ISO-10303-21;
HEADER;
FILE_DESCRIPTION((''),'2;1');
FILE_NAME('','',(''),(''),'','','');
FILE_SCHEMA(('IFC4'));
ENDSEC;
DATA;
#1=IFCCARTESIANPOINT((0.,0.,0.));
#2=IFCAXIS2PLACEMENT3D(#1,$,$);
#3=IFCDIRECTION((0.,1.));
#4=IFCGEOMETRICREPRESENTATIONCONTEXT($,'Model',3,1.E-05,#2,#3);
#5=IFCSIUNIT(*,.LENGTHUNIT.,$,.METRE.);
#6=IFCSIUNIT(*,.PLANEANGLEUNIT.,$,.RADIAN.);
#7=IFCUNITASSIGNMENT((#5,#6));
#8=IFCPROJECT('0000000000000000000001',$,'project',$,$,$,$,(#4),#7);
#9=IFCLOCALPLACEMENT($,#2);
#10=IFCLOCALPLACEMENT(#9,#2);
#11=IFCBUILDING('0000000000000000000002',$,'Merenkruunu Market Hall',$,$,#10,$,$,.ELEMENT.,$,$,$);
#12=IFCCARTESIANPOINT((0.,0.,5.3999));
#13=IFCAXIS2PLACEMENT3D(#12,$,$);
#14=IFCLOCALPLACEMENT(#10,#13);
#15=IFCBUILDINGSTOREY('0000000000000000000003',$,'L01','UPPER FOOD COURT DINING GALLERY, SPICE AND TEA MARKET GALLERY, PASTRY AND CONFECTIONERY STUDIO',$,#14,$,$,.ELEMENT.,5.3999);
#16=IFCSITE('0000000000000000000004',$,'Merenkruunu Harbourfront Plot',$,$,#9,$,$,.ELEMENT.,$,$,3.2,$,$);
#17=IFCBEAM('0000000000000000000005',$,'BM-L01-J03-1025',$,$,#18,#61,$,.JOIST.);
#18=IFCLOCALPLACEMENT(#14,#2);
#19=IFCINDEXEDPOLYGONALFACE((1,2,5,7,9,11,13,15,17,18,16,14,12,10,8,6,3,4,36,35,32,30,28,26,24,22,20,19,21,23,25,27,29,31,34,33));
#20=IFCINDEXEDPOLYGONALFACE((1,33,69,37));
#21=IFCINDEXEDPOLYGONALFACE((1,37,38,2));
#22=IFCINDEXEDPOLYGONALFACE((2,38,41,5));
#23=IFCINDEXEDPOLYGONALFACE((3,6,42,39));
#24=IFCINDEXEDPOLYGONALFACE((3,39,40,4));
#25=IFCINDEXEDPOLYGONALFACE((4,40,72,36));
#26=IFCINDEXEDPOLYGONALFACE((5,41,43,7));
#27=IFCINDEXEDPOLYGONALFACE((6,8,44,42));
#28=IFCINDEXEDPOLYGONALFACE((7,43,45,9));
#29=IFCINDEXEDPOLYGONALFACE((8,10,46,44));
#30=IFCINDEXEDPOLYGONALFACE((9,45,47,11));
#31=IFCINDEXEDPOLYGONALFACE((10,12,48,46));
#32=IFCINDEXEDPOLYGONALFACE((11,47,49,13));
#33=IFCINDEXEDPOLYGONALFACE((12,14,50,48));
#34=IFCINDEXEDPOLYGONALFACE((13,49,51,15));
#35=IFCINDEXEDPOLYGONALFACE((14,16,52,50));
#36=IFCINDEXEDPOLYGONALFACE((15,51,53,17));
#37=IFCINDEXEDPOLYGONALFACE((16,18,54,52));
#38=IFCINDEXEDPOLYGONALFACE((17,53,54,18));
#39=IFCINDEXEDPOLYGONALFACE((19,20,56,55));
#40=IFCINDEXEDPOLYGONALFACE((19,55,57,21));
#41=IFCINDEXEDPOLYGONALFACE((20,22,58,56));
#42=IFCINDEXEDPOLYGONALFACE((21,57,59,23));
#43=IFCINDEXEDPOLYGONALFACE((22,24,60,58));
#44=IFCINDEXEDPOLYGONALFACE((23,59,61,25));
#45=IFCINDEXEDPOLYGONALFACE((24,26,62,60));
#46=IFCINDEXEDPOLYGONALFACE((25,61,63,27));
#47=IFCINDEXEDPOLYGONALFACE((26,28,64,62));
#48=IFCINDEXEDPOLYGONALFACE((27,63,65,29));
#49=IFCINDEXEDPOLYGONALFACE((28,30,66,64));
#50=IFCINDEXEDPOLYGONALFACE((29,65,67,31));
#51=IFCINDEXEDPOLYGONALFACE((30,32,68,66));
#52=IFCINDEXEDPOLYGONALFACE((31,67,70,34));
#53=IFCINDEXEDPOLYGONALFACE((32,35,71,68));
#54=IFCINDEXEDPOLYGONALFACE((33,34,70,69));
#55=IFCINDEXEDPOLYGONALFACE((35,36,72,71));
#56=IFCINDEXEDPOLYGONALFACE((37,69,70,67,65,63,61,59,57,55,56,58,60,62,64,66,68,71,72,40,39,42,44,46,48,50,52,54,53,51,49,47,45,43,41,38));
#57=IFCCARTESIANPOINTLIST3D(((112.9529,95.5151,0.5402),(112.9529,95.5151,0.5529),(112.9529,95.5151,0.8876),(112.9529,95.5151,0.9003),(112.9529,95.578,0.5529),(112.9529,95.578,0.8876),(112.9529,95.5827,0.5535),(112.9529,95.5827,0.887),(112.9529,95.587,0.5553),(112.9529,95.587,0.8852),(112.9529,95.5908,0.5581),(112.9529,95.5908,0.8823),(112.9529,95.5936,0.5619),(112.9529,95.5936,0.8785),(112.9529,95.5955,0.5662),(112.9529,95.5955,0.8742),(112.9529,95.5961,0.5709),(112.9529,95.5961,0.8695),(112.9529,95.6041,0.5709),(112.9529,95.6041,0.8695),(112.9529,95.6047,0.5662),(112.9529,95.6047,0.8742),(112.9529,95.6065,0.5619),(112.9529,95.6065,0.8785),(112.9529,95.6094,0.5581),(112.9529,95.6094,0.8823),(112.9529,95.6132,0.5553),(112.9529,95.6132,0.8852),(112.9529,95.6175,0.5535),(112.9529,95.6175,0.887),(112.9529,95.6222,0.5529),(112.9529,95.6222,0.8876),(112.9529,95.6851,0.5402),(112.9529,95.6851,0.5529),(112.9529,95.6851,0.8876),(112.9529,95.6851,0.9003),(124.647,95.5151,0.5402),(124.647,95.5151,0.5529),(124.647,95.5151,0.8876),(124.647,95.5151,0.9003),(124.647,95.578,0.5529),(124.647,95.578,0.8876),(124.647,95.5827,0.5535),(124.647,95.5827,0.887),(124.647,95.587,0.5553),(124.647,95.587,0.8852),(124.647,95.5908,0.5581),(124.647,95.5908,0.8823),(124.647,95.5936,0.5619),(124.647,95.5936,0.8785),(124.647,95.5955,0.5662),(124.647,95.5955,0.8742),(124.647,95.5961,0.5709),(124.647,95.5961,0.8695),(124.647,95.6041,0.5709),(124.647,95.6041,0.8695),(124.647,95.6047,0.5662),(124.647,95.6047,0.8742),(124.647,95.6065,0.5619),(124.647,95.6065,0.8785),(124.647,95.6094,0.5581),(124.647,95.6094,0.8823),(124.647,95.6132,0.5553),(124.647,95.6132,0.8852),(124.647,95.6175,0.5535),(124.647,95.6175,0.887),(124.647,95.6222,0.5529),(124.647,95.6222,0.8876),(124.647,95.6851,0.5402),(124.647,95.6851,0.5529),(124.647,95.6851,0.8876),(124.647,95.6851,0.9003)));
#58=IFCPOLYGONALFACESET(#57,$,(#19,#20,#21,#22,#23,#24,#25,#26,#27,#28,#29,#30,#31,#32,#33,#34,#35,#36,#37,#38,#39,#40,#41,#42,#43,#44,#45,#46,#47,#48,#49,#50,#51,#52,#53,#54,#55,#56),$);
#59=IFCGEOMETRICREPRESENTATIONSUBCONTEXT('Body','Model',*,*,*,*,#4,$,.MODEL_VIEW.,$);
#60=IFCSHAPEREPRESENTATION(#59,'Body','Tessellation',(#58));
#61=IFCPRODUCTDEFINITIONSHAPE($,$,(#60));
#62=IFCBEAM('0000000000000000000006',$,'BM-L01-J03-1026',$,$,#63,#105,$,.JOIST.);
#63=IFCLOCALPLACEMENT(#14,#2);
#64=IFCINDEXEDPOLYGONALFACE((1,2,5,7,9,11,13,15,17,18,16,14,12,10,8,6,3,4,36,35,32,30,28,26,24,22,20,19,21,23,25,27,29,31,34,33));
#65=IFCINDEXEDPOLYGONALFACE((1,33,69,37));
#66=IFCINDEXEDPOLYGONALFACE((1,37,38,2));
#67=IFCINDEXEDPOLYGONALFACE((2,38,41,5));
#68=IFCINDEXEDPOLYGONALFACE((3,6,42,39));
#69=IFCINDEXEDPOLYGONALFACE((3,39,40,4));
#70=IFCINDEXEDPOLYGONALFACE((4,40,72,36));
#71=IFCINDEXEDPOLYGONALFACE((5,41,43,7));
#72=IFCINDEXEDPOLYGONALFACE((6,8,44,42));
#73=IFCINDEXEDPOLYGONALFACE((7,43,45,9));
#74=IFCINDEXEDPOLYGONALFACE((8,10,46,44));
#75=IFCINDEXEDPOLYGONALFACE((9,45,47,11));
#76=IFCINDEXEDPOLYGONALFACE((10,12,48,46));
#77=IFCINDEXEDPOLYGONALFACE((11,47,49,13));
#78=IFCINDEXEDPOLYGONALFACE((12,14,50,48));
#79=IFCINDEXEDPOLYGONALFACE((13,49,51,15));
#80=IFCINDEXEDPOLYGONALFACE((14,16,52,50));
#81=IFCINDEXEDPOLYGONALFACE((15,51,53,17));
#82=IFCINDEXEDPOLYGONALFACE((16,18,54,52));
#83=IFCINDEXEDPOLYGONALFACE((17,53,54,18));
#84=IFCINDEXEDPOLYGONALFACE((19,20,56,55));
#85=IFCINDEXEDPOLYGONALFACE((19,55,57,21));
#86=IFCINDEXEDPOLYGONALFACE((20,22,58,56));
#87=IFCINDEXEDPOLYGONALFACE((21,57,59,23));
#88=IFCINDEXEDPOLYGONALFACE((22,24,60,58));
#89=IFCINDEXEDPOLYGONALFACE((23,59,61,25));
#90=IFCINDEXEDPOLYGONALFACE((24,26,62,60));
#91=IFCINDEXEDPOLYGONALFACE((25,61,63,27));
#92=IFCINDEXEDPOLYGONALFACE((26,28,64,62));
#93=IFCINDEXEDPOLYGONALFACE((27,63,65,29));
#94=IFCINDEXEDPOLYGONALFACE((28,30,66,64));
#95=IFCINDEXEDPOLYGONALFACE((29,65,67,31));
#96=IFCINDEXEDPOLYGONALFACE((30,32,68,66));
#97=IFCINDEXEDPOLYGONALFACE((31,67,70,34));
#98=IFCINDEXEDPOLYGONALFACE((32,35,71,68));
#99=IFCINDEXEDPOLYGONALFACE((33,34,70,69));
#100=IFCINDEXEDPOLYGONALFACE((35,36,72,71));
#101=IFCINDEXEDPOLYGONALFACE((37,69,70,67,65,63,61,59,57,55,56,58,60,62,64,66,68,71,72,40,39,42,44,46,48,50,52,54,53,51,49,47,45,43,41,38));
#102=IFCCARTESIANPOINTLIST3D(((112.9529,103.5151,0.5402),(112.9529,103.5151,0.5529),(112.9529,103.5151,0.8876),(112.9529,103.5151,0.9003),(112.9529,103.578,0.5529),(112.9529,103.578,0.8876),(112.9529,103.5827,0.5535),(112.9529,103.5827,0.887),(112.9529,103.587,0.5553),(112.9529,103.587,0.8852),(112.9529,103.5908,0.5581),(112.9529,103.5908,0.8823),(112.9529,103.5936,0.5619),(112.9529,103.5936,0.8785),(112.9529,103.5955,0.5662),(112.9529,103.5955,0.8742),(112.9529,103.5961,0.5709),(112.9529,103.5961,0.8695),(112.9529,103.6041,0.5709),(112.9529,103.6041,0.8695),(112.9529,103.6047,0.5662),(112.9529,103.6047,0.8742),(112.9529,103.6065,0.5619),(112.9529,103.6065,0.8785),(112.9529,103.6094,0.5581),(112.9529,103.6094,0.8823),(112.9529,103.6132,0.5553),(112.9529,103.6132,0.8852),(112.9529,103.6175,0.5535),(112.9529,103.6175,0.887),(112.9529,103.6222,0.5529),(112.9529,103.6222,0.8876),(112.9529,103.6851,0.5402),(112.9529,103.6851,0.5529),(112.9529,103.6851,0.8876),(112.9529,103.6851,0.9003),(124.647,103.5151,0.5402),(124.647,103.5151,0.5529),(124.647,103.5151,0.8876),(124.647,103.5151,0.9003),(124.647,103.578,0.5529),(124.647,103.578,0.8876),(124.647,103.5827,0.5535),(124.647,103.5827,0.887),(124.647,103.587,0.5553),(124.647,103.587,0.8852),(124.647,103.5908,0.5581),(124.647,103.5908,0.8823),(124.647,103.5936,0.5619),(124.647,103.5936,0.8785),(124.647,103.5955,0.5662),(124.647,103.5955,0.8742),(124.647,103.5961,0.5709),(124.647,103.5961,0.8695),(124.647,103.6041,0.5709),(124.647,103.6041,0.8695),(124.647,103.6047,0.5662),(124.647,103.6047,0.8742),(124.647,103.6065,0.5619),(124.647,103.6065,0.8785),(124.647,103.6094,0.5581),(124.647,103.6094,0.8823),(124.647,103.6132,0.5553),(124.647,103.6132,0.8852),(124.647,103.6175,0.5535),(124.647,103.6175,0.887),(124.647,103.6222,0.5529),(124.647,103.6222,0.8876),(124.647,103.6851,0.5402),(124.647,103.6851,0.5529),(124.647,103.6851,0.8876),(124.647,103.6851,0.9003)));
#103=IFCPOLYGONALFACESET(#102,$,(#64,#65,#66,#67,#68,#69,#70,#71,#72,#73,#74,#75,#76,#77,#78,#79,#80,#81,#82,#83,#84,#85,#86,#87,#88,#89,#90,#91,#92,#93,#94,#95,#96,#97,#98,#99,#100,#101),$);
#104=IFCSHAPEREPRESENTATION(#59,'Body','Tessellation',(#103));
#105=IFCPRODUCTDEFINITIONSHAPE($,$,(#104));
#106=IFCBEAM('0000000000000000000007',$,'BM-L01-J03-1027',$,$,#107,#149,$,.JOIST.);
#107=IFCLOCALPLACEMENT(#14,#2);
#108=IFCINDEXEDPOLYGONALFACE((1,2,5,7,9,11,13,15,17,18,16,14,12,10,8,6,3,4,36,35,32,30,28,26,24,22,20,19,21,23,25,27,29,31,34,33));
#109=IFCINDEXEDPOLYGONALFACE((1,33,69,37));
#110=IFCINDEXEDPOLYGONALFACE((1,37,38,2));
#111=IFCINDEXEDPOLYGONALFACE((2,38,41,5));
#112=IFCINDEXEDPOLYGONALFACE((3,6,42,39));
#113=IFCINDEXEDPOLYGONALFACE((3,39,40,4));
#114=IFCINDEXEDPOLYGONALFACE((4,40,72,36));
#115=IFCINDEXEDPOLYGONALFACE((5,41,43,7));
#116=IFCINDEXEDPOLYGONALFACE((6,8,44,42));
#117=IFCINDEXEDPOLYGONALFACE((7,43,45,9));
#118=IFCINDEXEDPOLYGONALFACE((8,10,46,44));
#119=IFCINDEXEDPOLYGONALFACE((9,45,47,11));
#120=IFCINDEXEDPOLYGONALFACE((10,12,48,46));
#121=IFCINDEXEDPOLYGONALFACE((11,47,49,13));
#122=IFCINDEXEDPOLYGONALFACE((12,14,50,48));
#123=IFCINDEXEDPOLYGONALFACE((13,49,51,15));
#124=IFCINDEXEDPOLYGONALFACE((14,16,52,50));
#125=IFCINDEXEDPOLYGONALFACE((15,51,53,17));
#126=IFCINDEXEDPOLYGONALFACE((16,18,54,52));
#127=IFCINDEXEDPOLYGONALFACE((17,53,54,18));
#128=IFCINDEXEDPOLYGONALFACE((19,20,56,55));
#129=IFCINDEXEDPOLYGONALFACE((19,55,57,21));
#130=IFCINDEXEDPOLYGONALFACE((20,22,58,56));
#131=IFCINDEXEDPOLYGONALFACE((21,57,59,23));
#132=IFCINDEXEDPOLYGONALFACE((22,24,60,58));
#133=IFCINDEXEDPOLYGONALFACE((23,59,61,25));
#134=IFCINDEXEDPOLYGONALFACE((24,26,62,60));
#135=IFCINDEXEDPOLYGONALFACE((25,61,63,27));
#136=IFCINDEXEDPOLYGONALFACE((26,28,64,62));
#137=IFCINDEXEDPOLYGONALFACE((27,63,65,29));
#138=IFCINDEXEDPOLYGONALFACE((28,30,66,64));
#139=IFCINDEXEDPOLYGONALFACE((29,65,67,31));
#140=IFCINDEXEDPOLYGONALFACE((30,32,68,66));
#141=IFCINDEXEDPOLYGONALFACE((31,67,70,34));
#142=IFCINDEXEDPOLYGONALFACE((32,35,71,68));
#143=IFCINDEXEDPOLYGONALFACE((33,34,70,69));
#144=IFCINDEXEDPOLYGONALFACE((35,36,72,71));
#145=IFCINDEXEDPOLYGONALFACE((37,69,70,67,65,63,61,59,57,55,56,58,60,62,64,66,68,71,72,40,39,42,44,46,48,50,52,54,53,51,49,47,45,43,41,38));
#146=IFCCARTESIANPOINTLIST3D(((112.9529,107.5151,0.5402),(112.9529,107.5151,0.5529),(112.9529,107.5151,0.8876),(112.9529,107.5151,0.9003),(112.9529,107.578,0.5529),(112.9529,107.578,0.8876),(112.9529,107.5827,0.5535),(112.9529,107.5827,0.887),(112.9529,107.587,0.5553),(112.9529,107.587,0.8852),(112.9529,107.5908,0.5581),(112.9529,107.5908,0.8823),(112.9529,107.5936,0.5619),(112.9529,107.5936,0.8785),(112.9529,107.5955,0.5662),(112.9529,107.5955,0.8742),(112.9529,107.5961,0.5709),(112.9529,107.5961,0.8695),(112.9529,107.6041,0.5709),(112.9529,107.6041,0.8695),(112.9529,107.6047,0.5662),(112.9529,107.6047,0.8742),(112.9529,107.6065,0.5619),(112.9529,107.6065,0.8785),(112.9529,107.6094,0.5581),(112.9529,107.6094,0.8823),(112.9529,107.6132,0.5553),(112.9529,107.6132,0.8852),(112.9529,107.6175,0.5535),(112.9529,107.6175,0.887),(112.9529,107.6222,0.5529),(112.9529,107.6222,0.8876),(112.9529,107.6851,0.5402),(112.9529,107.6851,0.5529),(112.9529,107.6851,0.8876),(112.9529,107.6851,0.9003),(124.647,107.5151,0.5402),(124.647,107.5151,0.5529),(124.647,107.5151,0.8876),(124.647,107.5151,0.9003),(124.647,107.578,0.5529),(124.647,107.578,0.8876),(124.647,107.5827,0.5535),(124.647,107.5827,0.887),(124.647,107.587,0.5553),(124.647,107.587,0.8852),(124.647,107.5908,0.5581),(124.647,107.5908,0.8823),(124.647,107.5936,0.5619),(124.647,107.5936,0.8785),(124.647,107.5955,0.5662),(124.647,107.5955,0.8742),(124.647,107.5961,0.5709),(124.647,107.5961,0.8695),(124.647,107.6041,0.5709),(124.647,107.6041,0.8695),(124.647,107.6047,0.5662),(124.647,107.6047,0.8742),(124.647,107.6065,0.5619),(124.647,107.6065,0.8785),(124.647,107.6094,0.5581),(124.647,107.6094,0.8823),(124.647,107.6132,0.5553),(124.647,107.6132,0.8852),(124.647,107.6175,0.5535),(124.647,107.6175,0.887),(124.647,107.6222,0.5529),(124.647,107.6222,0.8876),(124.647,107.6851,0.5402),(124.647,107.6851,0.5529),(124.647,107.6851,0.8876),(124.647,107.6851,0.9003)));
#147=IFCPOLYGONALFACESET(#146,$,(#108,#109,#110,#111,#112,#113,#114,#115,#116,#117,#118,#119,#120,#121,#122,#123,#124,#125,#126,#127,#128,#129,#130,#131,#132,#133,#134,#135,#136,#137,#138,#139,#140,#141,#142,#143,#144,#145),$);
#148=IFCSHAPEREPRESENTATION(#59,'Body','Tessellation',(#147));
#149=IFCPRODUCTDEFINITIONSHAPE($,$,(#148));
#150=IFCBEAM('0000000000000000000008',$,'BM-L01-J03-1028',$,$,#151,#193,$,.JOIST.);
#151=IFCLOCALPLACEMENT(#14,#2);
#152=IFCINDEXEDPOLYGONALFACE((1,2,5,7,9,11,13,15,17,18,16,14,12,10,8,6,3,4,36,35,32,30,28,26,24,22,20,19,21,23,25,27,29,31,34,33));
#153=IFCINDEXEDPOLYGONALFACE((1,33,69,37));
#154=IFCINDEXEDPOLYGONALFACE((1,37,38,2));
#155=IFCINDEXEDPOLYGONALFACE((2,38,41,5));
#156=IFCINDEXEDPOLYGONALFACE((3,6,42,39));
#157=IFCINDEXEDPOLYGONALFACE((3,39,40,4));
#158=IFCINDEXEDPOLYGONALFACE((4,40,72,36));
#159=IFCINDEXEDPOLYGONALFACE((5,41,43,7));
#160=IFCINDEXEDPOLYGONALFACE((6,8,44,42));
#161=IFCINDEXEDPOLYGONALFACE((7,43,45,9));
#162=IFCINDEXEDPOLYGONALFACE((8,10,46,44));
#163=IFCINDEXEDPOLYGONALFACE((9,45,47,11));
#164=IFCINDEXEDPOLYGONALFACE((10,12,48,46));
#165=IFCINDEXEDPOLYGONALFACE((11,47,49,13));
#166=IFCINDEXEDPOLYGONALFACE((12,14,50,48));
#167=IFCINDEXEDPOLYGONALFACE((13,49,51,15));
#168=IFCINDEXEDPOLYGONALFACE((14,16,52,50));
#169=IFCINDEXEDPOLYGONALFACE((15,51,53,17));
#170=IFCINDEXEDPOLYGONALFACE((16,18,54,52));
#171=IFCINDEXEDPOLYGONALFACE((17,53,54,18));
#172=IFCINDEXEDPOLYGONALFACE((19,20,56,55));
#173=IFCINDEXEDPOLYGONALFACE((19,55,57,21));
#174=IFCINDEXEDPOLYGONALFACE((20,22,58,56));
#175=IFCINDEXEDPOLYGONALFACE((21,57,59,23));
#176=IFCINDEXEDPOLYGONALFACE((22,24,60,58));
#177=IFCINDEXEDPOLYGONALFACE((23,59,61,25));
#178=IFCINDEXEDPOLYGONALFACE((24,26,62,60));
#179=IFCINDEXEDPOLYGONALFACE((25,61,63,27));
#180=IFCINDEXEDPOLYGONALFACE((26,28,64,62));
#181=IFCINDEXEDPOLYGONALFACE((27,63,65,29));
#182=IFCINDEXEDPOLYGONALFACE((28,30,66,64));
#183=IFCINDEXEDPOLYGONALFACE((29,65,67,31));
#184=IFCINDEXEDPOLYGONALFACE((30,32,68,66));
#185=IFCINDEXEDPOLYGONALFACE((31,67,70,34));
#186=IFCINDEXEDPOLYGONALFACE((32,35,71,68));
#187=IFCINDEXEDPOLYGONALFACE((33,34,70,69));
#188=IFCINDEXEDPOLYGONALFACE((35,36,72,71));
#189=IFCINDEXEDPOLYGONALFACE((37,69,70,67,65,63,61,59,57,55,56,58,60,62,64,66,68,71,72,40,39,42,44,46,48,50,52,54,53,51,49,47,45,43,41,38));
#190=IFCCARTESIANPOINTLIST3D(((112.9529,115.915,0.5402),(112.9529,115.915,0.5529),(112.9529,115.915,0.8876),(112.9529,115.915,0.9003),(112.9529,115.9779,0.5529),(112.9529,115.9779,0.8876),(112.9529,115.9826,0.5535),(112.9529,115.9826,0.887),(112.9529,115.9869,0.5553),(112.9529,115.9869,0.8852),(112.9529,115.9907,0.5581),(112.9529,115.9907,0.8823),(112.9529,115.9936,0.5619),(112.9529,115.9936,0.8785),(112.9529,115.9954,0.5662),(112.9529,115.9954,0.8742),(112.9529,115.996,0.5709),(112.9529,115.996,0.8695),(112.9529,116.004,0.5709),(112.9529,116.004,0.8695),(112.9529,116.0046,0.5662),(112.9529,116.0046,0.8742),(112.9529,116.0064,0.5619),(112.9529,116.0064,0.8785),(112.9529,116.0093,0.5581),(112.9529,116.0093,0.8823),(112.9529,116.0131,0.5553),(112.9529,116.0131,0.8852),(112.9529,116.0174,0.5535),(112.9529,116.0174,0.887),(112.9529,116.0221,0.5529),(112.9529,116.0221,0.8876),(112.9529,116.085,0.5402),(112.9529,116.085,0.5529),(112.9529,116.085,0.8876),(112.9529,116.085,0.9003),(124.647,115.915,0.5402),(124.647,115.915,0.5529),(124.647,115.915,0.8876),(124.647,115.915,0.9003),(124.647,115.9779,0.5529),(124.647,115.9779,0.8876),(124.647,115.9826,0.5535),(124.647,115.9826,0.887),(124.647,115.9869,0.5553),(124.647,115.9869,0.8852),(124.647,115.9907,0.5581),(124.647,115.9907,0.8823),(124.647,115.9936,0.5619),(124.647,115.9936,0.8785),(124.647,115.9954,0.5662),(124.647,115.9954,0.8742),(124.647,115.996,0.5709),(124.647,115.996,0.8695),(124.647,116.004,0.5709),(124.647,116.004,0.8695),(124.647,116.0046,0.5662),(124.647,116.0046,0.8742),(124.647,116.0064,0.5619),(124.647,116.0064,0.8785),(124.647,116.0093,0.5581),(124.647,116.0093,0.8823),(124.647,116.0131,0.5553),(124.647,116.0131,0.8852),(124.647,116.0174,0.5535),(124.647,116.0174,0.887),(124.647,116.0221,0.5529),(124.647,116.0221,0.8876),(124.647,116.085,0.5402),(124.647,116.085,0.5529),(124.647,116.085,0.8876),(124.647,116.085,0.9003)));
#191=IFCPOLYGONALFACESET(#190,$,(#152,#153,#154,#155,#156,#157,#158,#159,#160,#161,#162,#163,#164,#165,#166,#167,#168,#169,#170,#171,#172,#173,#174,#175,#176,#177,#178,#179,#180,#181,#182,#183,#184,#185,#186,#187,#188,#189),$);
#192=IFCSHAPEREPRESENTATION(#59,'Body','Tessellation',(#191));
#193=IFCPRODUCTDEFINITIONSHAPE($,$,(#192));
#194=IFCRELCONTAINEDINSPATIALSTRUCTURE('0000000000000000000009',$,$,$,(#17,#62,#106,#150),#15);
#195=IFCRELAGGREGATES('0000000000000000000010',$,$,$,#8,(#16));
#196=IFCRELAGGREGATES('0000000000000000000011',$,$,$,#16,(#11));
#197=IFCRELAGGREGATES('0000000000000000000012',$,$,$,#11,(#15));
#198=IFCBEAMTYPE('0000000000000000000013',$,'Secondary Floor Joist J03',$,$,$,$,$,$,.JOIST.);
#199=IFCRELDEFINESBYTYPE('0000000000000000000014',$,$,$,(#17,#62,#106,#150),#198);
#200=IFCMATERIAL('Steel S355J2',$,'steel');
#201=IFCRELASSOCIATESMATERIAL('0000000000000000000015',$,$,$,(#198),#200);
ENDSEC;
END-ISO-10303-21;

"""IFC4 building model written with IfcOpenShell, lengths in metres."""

from ifc_helpers import new_model, si_unit, direction, frame, origin, origin_2d, place, context, subcontext, project, spatial, i_section, extrude, material, material_profile, profile_set, type_object, element, save


model = new_model("IFC4")

# Units and contexts
model_context = context("Model", 3, precision=1e-05, world=origin(), true_north=direction((0.0, 1.0)))
body_context = subcontext(model_context, "Body", "Model", "MODEL_VIEW")
ifc_project = project(units=[si_unit("LENGTHUNIT", "METRE"), si_unit("PLANEANGLEUNIT", "RADIAN")], contexts=[model_context])

# Site, building, storey
site_placement = place(None, origin())
site = spatial("IfcSite", under=ifc_project, at=site_placement, Name="Merenkruunu Harbourfront Plot", CompositionType="ELEMENT", RefElevation=3.2)
building_placement = place(site_placement, origin())
building = spatial("IfcBuilding", under=site, at=building_placement, Name="Merenkruunu Market Hall", CompositionType="ELEMENT")
storey_placement = place(building_placement, frame((0.0, 0.0, 5.3999)))
storey = spatial("IfcBuildingStorey", under=building, at=storey_placement, Name="L01", Description="UPPER FOOD COURT DINING GALLERY, SPICE AND TEA MARKET GALLERY, PASTRY AND CONFECTIONERY STUDIO", CompositionType="ELEMENT", Elevation=5.3999)

# Beams
ifc_material_1 = material(Name="Steel S355J2", Category="steel")
ifc_material_profile_1 = material_profile(ifc_material_1, i_section(OverallWidth=0.1699, OverallDepth=0.3601, WebThickness=0.0081, FlangeThickness=0.0127, FilletRadius=0.0181, at=origin_2d()), Name="IPE 360")
ifc_profile_set_1 = profile_set([ifc_material_profile_1], Name="Steel S355J2")
beam_type_1 = type_object("IfcBeamType", Name="Secondary Floor Joist J03", PredefinedType="JOIST", material=ifc_profile_set_1)
for number, where, z_axis, x_axis, name in (
    (1, (112.9529, 95.6001, 0.7202), (1.0, 0.0, 0.0), (0.0, 1.0, 0.0), "BM-L01-J03-1025"),
    (2, (112.9529, 103.6001, 0.7202), (1.0, 0.0, 0.0), (0.0, 1.0, 0.0), "BM-L01-J03-1026"),
    (3, (112.9529, 107.6001, 0.7202), (1.0, 0.0, 0.0), (0.0, 1.0, 0.0), "BM-L01-J03-1027"),
    (4, (112.9529, 116.0, 0.7202), (1.0, 0.0, 0.0), (0.0, 1.0, 0.0), "BM-L01-J03-1028"),
):
    element("IfcBeam", number, at=place(storey_placement, frame(where, z_axis=z_axis, x_axis=x_axis)), inside=storey, type_object=beam_type_1, Name=name, PredefinedType="JOIST", context=body_context, shape_type="SweptSolid", body=[
        extrude(i_section(OverallWidth=0.1699, OverallDepth=0.3601, WebThickness=0.0081, FlangeThickness=0.0127, FilletRadius=0.0181, at=origin_2d()), origin(), (0.0, 0.0, 1.0), 11.6941),
    ])

save(model, "model.ifc")
